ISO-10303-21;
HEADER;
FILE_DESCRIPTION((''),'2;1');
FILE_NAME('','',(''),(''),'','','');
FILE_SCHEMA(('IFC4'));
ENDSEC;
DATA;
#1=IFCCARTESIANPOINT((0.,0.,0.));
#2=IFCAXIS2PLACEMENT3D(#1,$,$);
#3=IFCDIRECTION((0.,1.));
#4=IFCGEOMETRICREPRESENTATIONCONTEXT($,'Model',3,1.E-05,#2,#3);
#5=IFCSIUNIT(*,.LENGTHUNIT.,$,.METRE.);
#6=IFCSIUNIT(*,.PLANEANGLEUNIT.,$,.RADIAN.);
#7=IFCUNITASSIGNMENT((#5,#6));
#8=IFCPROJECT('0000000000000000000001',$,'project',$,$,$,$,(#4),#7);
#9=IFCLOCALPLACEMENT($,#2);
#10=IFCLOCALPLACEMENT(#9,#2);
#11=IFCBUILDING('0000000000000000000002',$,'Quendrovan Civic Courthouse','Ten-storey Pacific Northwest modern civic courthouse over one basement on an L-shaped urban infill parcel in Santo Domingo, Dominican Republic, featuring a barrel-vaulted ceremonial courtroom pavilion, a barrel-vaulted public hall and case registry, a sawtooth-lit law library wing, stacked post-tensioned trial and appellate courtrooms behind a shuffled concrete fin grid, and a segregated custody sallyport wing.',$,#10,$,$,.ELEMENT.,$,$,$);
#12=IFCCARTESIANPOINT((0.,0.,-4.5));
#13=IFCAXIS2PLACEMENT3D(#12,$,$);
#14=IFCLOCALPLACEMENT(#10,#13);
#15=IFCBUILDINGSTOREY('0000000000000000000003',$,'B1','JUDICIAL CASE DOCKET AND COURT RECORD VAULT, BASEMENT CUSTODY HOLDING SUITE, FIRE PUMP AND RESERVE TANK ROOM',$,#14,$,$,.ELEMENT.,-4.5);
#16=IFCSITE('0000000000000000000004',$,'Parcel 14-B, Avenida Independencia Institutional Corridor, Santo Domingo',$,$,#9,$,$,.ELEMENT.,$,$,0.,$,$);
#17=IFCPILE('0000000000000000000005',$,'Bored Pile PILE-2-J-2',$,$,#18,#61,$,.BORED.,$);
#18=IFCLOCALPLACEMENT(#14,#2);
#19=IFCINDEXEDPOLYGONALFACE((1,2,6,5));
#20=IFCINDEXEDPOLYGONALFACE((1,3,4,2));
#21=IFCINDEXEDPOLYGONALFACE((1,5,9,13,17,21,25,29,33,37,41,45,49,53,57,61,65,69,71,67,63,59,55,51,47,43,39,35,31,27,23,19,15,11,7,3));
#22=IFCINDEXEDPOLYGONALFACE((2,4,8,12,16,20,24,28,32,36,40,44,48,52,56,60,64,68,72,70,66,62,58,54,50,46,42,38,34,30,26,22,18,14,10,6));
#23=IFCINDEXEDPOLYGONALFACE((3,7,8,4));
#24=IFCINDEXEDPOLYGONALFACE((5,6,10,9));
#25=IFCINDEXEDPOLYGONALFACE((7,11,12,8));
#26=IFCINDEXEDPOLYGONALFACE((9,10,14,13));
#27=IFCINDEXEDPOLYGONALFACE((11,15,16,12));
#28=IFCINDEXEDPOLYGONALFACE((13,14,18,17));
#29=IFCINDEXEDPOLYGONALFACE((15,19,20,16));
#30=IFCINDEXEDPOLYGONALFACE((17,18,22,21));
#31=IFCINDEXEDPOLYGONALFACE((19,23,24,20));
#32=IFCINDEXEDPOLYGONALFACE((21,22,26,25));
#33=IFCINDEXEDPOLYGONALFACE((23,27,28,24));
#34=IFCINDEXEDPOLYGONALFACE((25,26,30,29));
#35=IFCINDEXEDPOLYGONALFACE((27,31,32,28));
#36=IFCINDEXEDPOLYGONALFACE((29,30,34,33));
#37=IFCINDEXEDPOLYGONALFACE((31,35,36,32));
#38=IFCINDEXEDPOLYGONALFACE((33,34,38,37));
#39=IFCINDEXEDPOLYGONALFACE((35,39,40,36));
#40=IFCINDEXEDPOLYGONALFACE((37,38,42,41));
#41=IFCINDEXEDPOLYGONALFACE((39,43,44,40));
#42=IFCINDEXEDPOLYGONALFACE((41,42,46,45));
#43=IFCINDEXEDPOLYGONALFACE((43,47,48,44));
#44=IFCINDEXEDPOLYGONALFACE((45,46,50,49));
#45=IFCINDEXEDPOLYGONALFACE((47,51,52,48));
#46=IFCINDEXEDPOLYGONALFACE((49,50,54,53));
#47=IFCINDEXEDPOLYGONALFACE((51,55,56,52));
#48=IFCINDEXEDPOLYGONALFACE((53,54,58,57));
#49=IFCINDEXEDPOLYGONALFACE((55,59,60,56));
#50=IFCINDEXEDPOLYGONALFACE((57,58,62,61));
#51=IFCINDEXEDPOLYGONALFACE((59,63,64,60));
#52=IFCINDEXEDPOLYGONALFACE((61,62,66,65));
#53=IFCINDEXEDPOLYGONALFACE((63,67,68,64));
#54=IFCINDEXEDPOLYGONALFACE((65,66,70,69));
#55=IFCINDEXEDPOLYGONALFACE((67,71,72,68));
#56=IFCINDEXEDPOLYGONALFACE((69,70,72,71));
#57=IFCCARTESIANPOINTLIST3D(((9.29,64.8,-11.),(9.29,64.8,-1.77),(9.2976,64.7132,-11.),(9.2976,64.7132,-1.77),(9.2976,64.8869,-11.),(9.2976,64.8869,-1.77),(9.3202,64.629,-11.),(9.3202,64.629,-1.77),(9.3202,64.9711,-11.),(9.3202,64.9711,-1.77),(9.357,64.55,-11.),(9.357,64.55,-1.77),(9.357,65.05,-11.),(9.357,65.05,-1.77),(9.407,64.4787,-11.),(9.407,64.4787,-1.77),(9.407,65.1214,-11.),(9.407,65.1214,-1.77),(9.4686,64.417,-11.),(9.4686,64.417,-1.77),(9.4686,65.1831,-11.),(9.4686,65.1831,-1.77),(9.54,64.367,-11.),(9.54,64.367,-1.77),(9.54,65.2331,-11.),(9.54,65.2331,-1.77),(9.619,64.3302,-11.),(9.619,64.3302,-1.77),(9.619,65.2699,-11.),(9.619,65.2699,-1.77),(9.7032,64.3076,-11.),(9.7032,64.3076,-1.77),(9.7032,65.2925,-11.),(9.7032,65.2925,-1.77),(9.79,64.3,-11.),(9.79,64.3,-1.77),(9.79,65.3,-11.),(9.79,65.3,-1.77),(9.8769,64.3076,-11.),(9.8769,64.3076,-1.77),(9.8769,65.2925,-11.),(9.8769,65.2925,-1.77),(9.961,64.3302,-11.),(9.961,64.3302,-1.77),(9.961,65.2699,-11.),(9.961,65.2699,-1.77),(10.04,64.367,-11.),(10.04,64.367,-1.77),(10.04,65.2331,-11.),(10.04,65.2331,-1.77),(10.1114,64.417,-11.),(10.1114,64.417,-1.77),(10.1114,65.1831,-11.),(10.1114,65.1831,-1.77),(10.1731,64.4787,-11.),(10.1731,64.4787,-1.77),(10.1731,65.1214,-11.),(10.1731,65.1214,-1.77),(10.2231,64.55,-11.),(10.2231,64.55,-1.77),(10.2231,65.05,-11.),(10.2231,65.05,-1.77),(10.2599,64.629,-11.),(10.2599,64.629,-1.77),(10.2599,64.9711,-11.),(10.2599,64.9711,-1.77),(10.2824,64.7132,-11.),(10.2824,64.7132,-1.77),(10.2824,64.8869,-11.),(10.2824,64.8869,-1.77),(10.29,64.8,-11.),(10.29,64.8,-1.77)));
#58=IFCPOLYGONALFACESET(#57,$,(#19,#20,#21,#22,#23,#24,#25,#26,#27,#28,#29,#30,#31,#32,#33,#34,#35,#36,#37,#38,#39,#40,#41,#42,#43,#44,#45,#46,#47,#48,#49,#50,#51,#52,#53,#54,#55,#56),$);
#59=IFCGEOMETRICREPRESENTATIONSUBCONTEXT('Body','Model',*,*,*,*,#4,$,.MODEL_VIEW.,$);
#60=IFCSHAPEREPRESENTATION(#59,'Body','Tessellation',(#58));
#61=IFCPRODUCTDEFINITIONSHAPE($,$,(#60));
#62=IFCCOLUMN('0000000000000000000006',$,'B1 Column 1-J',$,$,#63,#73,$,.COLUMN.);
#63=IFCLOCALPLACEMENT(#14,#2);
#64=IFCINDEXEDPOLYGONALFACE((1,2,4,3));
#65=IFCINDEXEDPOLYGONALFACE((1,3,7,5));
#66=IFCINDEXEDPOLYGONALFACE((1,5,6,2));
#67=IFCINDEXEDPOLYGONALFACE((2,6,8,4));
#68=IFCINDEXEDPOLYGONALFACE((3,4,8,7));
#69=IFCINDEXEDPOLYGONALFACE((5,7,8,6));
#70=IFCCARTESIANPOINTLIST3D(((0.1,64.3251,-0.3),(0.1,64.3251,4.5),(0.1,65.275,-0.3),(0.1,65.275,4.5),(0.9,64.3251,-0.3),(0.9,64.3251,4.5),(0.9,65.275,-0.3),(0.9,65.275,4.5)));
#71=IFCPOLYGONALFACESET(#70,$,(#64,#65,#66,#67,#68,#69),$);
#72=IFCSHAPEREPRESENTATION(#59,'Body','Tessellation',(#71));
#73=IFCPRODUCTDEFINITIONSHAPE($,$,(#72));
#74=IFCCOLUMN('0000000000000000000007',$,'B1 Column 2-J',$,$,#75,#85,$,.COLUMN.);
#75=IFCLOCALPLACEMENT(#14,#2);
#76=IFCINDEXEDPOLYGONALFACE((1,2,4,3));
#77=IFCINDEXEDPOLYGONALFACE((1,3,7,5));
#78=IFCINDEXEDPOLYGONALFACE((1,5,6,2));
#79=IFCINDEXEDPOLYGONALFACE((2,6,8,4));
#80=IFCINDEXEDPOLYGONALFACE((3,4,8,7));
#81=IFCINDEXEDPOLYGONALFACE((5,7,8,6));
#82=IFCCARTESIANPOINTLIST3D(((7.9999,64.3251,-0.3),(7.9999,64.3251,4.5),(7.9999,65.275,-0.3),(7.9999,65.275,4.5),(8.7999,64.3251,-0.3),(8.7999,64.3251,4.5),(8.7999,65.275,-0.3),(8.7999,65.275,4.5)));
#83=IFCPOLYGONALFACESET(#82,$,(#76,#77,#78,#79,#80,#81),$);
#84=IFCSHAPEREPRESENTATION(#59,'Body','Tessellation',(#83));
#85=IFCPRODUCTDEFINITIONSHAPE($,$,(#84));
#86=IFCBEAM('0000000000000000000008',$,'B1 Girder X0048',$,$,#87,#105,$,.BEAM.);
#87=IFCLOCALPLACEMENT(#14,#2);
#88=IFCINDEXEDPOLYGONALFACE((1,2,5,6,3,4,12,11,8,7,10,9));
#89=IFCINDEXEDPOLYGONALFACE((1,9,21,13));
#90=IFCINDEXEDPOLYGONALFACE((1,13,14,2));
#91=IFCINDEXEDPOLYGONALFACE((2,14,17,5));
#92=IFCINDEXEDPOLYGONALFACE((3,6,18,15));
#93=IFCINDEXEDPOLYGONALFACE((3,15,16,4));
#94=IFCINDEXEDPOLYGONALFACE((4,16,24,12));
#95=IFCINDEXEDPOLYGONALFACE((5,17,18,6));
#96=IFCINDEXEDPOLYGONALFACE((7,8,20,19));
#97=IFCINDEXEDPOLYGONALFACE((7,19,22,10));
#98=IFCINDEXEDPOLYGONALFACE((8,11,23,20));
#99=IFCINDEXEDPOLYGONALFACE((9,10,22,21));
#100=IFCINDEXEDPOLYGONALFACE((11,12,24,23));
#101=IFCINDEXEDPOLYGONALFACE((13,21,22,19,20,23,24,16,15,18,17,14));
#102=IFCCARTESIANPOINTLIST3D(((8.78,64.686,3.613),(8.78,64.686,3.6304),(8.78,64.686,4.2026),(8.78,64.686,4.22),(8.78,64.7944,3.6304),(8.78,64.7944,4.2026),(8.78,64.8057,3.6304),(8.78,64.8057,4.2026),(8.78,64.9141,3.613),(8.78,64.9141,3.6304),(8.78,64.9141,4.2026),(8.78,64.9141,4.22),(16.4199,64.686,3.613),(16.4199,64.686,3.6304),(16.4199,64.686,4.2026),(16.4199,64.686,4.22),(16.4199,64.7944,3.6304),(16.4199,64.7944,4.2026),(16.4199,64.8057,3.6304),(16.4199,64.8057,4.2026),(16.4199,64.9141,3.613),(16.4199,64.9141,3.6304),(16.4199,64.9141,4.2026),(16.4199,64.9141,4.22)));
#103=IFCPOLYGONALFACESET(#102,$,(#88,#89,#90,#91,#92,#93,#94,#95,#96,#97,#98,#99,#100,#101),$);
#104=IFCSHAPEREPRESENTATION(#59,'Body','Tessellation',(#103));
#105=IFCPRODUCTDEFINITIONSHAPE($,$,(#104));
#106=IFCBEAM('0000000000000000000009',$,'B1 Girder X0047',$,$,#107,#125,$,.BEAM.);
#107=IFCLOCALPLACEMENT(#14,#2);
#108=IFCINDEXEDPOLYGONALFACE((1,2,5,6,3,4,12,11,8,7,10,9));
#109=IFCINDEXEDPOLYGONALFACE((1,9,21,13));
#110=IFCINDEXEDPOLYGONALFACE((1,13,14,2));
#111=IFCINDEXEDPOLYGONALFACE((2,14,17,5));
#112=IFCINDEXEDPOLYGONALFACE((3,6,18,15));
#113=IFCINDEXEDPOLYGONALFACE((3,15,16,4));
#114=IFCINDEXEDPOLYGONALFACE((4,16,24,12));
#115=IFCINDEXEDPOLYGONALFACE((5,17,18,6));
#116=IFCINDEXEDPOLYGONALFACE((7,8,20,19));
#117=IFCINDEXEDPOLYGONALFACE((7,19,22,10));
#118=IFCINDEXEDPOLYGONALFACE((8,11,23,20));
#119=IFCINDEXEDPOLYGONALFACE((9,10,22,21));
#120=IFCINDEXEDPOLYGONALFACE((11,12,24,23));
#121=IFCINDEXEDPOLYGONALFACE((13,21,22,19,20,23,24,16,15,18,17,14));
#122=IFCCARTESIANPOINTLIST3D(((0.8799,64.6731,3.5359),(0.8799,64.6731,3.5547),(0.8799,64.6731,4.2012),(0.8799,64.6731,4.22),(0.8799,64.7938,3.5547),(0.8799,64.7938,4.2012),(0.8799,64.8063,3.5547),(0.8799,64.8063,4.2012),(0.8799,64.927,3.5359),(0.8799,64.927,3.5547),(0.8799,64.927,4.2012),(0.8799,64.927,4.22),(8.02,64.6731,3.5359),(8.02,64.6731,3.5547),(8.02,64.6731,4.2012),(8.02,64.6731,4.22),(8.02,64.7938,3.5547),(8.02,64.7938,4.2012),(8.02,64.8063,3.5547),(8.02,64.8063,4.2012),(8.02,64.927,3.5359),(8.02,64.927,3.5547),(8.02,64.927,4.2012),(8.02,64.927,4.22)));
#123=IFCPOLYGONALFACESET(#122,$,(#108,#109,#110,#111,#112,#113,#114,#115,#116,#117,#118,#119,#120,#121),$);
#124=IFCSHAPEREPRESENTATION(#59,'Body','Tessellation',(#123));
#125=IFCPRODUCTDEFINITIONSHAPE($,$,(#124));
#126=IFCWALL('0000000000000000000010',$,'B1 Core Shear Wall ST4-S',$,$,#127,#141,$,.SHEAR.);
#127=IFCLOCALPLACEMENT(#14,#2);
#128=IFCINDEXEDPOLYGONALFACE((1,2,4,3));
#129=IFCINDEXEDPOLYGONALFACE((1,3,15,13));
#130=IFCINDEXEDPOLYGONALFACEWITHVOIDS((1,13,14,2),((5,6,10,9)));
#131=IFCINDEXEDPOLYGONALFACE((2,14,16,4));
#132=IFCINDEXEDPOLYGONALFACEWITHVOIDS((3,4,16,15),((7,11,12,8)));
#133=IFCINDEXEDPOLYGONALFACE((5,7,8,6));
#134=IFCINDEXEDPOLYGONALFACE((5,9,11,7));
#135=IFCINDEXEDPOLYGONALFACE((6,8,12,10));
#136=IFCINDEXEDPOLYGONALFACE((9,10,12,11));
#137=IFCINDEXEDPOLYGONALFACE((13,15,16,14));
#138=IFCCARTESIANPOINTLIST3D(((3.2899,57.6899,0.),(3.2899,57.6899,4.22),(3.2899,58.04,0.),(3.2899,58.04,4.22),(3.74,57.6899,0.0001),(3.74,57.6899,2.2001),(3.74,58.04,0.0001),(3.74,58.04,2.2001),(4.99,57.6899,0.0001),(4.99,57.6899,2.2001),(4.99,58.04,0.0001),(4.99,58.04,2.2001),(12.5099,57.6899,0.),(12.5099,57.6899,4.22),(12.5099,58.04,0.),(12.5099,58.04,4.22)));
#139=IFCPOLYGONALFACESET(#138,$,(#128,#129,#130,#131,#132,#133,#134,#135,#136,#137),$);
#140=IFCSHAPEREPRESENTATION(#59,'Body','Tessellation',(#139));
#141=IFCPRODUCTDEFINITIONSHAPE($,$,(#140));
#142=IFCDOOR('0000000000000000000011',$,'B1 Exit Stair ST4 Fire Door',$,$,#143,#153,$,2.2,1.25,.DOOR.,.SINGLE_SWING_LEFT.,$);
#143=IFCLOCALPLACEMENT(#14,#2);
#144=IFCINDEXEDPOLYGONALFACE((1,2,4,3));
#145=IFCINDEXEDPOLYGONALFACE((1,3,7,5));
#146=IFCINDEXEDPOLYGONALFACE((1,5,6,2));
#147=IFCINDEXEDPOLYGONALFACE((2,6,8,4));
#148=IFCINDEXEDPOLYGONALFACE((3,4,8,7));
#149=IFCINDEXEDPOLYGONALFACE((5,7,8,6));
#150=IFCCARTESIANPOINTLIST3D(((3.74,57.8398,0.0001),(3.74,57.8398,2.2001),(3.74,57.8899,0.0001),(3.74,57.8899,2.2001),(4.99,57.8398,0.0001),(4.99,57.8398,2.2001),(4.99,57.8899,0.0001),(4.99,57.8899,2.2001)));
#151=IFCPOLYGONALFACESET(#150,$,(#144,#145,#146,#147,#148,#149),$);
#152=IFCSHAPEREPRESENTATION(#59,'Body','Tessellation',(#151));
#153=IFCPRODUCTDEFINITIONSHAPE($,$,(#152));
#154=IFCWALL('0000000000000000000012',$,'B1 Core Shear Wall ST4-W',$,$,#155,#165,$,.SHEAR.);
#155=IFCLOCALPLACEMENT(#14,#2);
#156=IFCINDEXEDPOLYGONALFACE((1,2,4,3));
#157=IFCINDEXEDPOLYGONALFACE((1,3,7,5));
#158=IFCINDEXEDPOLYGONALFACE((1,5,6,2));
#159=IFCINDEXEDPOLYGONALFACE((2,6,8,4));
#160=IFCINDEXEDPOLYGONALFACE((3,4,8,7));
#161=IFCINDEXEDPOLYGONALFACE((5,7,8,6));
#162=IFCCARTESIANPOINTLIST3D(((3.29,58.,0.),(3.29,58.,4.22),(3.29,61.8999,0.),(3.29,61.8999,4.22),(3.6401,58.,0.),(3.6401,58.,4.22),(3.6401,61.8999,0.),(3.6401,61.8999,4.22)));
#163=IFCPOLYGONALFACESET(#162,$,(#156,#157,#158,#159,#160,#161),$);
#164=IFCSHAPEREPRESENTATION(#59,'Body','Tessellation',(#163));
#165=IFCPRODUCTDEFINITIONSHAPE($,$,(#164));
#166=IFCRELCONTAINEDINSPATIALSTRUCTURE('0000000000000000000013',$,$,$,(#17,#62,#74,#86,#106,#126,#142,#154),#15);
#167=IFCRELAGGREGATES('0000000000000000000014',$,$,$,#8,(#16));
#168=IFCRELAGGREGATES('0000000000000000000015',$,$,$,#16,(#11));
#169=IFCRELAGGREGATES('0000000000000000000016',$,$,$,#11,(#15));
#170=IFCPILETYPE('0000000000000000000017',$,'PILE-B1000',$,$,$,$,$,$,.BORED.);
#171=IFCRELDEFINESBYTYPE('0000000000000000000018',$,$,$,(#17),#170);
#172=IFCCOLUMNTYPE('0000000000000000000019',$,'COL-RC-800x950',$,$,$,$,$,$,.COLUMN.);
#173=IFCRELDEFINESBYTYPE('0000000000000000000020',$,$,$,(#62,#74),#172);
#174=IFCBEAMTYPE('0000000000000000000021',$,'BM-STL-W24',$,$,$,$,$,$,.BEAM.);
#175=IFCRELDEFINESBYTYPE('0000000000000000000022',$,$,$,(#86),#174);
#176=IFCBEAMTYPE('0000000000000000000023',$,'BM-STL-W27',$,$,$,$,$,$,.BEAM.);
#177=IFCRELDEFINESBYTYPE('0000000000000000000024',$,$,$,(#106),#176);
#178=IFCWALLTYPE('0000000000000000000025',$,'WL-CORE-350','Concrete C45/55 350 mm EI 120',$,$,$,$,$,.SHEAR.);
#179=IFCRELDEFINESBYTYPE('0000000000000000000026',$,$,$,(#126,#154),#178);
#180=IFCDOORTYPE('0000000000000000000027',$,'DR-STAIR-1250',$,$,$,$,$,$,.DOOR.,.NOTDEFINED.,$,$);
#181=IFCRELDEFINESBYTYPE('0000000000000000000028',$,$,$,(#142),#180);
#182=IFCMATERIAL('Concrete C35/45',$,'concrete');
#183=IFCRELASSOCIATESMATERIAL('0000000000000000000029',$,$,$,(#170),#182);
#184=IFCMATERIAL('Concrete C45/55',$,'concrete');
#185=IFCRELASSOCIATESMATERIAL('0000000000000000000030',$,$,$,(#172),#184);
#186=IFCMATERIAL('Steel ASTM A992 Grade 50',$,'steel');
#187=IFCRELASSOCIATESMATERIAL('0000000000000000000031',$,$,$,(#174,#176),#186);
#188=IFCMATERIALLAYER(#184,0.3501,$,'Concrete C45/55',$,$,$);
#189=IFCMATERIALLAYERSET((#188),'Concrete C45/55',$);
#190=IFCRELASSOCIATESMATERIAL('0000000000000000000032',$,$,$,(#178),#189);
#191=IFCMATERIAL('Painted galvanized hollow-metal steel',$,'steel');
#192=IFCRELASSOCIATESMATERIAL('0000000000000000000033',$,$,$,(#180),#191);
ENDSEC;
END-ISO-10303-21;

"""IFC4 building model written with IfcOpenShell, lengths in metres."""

from ifc_helpers import new_model, si_unit, direction, frame, frame_2d, origin, origin_2d, place, context, subcontext, project, spatial, rectangle, circle, i_section, extrude, material, layer, layer_set, material_profile, profile_set, type_object, element, fill, save


model = new_model("IFC4")

# Units and contexts
model_context = context("Model", 3, precision=1e-05, world=origin(), true_north=direction((0.0, 1.0)))
body_context = subcontext(model_context, "Body", "Model", "MODEL_VIEW")
ifc_project = project(units=[si_unit("LENGTHUNIT", "METRE"), si_unit("PLANEANGLEUNIT", "RADIAN")], contexts=[model_context])

# Site, building, storey
site_placement = place(None, origin())
site = spatial("IfcSite", under=ifc_project, at=site_placement, Name="Parcel 14-B, Avenida Independencia Institutional Corridor, Santo Domingo", CompositionType="ELEMENT", RefElevation=0.0)
building_placement = place(site_placement, origin())
building = spatial("IfcBuilding", under=site, at=building_placement, Name="Quendrovan Civic Courthouse", Description="Ten-storey Pacific Northwest modern civic courthouse over one basement on an L-shaped urban infill parcel in Santo Domingo, Dominican Republic, featuring a barrel-vaulted ceremonial courtroom pavilion, a barrel-vaulted public hall and case registry, a sawtooth-lit law library wing, stacked post-tensioned trial and appellate courtrooms behind a shuffled concrete fin grid, and a segregated custody sallyport wing.", CompositionType="ELEMENT")
storey_placement = place(building_placement, frame((0.0, 0.0, -4.5)))
storey = spatial("IfcBuildingStorey", under=building, at=storey_placement, Name="B1", Description="JUDICIAL CASE DOCKET AND COURT RECORD VAULT, BASEMENT CUSTODY HOLDING SUITE, FIRE PUMP AND RESERVE TANK ROOM", CompositionType="ELEMENT", Elevation=-4.5)

# Shared definitions
ifc_material_1 = material(Name="Concrete C35/45", Category="concrete")

# Pile
ifc_material_profile_1 = material_profile(ifc_material_1, circle(Radius=0.5, at=origin_2d()), Name="PILE-D1000")
ifc_profile_set_1 = profile_set([ifc_material_profile_1], Name="Concrete C35/45")
pile_type = type_object("IfcPileType", Name="PILE-B1000", PredefinedType="BORED", material=ifc_profile_set_1)
for number, where, z_axis, x_axis, name in (
    (1, (9.79, 64.8, -1.77), (0.0, 0.0, -1.0), (1.0, 0.0, 0.0), "Bored Pile PILE-2-J-2"),
):
    element("IfcPile", number, at=place(storey_placement, frame(where, z_axis=z_axis, x_axis=x_axis)), inside=storey, type_object=pile_type, Name=name, PredefinedType="BORED", context=body_context, shape_type="SweptSolid", body=[
        extrude(circle(Radius=0.5, at=origin_2d()), origin(), (0.0, 0.0, 1.0), 9.23),
    ])

# Columns
ifc_material_2 = material(Name="Concrete C45/55", Category="concrete")
ifc_material_profile_2 = material_profile(ifc_material_2, rectangle(XDim=0.8, YDim=0.95, at=origin_2d()), Name="RC-COL-800x950")
ifc_profile_set_2 = profile_set([ifc_material_profile_2], Name="Concrete C45/55")
column_type = type_object("IfcColumnType", Name="COL-RC-800x950", PredefinedType="COLUMN", material=ifc_profile_set_2)
for number, where, z_axis, x_axis, name in (
    (2, (0.5, 64.8, -0.3), (0.0, 0.0, 1.0), (1.0, 0.0, 0.0), "B1 Column 1-J"),
    (3, (8.3999, 64.8, -0.3), (0.0, 0.0, 1.0), (1.0, 0.0, 0.0), "B1 Column 2-J"),
):
    element("IfcColumn", number, at=place(storey_placement, frame(where, z_axis=z_axis, x_axis=x_axis)), inside=storey, type_object=column_type, Name=name, PredefinedType="COLUMN", context=body_context, shape_type="SweptSolid", body=[
        extrude(rectangle(XDim=0.8, YDim=0.95, at=origin_2d()), origin(), (0.0, 0.0, 1.0), 4.8),
    ])

# Beams
ifc_material_3 = material(Name="Steel ASTM A992 Grade 50", Category="steel")
ifc_material_profile_3 = material_profile(ifc_material_3, i_section(OverallWidth=0.228, OverallDepth=0.6069, WebThickness=0.0112, FlangeThickness=0.0173, at=origin_2d()), Name="W24X76")
ifc_profile_set_3 = profile_set([ifc_material_profile_3], Name="Steel ASTM A992 Grade 50")
beam_type_1 = type_object("IfcBeamType", Name="BM-STL-W24", PredefinedType="BEAM", material=ifc_profile_set_3)
beam_1_placement = place(storey_placement, frame((8.78, 64.8, 3.9165), z_axis=(1.0, 0.0, 0.0), x_axis=(0.0, 1.0, 0.0)))
element("IfcBeam", 4, at=beam_1_placement, inside=storey, type_object=beam_type_1, Name="B1 Girder X0048", PredefinedType="BEAM", context=body_context, shape_type="SweptSolid", body=[
    extrude(i_section(OverallWidth=0.228, OverallDepth=0.6069, WebThickness=0.0112, FlangeThickness=0.0173, at=origin_2d()), origin(), (0.0, 0.0, 1.0), 7.6399),
])
ifc_material_profile_4 = material_profile(ifc_material_3, i_section(OverallWidth=0.2539, OverallDepth=0.6841, WebThickness=0.0125, FlangeThickness=0.0188, at=origin_2d()), Name="W27X94")
ifc_profile_set_4 = profile_set([ifc_material_profile_4], Name="Steel ASTM A992 Grade 50")
beam_type_2 = type_object("IfcBeamType", Name="BM-STL-W27", PredefinedType="BEAM", material=ifc_profile_set_4)
beam_2_placement = place(storey_placement, frame((0.8799, 64.8, 3.8779), z_axis=(1.0, 0.0, 0.0), x_axis=(0.0, 1.0, 0.0)))
element("IfcBeam", 5, at=beam_2_placement, inside=storey, type_object=beam_type_2, Name="B1 Girder X0047", PredefinedType="BEAM", context=body_context, shape_type="SweptSolid", body=[
    extrude(i_section(OverallWidth=0.2539, OverallDepth=0.6841, WebThickness=0.0125, FlangeThickness=0.0188, at=origin_2d()), origin(), (0.0, 0.0, 1.0), 7.1401),
])

# Wall, opening, door
ifc_layer_1 = layer(ifc_material_2, 0.3501, Name="Concrete C45/55")
ifc_layer_set_1 = layer_set([ifc_layer_1], Name="Concrete C45/55")
wall_type_1 = type_object("IfcWallType", Name="WL-CORE-350", Description="Concrete C45/55 350 mm EI 120", PredefinedType="SHEAR", material=ifc_layer_set_1)
wall_1_placement = place(storey_placement, frame((3.29, 57.865, 0.0), z_axis=(0.0, 0.0, 1.0), x_axis=(1.0, 0.0, 0.0)))
wall_1 = element("IfcWall", 6, at=wall_1_placement, inside=storey, type_object=wall_type_1, Name="B1 Core Shear Wall ST4-S", PredefinedType="SHEAR", context=body_context, shape_type="SweptSolid", body=[
    extrude(rectangle(XDim=9.22, YDim=0.3501, at=frame_2d((4.6099, 0.0))), origin(), (0.0, 0.0, 1.0), 4.22),
])
opening_1_placement = place(wall_1_placement, frame((0.45, 0.0, 0.0)))
opening_1 = element("IfcOpeningElement", 7, at=opening_1_placement, cuts=wall_1, PredefinedType="OPENING", context=body_context, shape_type="SweptSolid", body=[
    extrude(rectangle(XDim=1.25, YDim=2.2, at=frame_2d((0.625, 1.1001))), frame((0.0, 0.1851, 0.0), z_axis=(0.0, -1.0, 0.0), x_axis=(1.0, 0.0, 0.0)), (0.0, 0.0, 1.0), 0.3701),
])
ifc_material_4 = material(Name="Painted galvanized hollow-metal steel", Category="steel")
door_type_1 = type_object("IfcDoorType", Name="DR-STAIR-1250", OperationType="NOTDEFINED", PredefinedType="DOOR", material=ifc_material_4)
door_1_placement = place(opening_1_placement, origin())
door_1 = element("IfcDoor", 8, at=door_1_placement, inside=storey, type_object=door_type_1, Name="B1 Exit Stair ST4 Fire Door", OperationType="SINGLE_SWING_LEFT", OverallHeight=2.2, OverallWidth=1.25, PredefinedType="DOOR", context=body_context, shape_type="SweptSolid", body=[
    extrude(rectangle(XDim=1.25, YDim=2.2, at=frame_2d((0.625, 1.1001))), frame((0.0, 0.0249, 0.0), z_axis=(0.0, -1.0, 0.0), x_axis=(1.0, 0.0, 0.0)), (0.0, 0.0, 1.0), 0.05),
])
fill(opening_1, door_1)

# Wall
wall_2_placement = place(storey_placement, frame((3.4651, 58.0, 0.0), z_axis=(0.0, 0.0, 1.0), x_axis=(0.0, 1.0, 0.0)))
element("IfcWall", 9, at=wall_2_placement, inside=storey, type_object=wall_type_1, Name="B1 Core Shear Wall ST4-W", PredefinedType="SHEAR", context=body_context, shape_type="SweptSolid", body=[
    extrude(rectangle(XDim=3.8999, YDim=0.3501, at=frame_2d((1.95, 0.0))), origin(), (0.0, 0.0, 1.0), 4.22),
])

save(model, "model.ifc")
